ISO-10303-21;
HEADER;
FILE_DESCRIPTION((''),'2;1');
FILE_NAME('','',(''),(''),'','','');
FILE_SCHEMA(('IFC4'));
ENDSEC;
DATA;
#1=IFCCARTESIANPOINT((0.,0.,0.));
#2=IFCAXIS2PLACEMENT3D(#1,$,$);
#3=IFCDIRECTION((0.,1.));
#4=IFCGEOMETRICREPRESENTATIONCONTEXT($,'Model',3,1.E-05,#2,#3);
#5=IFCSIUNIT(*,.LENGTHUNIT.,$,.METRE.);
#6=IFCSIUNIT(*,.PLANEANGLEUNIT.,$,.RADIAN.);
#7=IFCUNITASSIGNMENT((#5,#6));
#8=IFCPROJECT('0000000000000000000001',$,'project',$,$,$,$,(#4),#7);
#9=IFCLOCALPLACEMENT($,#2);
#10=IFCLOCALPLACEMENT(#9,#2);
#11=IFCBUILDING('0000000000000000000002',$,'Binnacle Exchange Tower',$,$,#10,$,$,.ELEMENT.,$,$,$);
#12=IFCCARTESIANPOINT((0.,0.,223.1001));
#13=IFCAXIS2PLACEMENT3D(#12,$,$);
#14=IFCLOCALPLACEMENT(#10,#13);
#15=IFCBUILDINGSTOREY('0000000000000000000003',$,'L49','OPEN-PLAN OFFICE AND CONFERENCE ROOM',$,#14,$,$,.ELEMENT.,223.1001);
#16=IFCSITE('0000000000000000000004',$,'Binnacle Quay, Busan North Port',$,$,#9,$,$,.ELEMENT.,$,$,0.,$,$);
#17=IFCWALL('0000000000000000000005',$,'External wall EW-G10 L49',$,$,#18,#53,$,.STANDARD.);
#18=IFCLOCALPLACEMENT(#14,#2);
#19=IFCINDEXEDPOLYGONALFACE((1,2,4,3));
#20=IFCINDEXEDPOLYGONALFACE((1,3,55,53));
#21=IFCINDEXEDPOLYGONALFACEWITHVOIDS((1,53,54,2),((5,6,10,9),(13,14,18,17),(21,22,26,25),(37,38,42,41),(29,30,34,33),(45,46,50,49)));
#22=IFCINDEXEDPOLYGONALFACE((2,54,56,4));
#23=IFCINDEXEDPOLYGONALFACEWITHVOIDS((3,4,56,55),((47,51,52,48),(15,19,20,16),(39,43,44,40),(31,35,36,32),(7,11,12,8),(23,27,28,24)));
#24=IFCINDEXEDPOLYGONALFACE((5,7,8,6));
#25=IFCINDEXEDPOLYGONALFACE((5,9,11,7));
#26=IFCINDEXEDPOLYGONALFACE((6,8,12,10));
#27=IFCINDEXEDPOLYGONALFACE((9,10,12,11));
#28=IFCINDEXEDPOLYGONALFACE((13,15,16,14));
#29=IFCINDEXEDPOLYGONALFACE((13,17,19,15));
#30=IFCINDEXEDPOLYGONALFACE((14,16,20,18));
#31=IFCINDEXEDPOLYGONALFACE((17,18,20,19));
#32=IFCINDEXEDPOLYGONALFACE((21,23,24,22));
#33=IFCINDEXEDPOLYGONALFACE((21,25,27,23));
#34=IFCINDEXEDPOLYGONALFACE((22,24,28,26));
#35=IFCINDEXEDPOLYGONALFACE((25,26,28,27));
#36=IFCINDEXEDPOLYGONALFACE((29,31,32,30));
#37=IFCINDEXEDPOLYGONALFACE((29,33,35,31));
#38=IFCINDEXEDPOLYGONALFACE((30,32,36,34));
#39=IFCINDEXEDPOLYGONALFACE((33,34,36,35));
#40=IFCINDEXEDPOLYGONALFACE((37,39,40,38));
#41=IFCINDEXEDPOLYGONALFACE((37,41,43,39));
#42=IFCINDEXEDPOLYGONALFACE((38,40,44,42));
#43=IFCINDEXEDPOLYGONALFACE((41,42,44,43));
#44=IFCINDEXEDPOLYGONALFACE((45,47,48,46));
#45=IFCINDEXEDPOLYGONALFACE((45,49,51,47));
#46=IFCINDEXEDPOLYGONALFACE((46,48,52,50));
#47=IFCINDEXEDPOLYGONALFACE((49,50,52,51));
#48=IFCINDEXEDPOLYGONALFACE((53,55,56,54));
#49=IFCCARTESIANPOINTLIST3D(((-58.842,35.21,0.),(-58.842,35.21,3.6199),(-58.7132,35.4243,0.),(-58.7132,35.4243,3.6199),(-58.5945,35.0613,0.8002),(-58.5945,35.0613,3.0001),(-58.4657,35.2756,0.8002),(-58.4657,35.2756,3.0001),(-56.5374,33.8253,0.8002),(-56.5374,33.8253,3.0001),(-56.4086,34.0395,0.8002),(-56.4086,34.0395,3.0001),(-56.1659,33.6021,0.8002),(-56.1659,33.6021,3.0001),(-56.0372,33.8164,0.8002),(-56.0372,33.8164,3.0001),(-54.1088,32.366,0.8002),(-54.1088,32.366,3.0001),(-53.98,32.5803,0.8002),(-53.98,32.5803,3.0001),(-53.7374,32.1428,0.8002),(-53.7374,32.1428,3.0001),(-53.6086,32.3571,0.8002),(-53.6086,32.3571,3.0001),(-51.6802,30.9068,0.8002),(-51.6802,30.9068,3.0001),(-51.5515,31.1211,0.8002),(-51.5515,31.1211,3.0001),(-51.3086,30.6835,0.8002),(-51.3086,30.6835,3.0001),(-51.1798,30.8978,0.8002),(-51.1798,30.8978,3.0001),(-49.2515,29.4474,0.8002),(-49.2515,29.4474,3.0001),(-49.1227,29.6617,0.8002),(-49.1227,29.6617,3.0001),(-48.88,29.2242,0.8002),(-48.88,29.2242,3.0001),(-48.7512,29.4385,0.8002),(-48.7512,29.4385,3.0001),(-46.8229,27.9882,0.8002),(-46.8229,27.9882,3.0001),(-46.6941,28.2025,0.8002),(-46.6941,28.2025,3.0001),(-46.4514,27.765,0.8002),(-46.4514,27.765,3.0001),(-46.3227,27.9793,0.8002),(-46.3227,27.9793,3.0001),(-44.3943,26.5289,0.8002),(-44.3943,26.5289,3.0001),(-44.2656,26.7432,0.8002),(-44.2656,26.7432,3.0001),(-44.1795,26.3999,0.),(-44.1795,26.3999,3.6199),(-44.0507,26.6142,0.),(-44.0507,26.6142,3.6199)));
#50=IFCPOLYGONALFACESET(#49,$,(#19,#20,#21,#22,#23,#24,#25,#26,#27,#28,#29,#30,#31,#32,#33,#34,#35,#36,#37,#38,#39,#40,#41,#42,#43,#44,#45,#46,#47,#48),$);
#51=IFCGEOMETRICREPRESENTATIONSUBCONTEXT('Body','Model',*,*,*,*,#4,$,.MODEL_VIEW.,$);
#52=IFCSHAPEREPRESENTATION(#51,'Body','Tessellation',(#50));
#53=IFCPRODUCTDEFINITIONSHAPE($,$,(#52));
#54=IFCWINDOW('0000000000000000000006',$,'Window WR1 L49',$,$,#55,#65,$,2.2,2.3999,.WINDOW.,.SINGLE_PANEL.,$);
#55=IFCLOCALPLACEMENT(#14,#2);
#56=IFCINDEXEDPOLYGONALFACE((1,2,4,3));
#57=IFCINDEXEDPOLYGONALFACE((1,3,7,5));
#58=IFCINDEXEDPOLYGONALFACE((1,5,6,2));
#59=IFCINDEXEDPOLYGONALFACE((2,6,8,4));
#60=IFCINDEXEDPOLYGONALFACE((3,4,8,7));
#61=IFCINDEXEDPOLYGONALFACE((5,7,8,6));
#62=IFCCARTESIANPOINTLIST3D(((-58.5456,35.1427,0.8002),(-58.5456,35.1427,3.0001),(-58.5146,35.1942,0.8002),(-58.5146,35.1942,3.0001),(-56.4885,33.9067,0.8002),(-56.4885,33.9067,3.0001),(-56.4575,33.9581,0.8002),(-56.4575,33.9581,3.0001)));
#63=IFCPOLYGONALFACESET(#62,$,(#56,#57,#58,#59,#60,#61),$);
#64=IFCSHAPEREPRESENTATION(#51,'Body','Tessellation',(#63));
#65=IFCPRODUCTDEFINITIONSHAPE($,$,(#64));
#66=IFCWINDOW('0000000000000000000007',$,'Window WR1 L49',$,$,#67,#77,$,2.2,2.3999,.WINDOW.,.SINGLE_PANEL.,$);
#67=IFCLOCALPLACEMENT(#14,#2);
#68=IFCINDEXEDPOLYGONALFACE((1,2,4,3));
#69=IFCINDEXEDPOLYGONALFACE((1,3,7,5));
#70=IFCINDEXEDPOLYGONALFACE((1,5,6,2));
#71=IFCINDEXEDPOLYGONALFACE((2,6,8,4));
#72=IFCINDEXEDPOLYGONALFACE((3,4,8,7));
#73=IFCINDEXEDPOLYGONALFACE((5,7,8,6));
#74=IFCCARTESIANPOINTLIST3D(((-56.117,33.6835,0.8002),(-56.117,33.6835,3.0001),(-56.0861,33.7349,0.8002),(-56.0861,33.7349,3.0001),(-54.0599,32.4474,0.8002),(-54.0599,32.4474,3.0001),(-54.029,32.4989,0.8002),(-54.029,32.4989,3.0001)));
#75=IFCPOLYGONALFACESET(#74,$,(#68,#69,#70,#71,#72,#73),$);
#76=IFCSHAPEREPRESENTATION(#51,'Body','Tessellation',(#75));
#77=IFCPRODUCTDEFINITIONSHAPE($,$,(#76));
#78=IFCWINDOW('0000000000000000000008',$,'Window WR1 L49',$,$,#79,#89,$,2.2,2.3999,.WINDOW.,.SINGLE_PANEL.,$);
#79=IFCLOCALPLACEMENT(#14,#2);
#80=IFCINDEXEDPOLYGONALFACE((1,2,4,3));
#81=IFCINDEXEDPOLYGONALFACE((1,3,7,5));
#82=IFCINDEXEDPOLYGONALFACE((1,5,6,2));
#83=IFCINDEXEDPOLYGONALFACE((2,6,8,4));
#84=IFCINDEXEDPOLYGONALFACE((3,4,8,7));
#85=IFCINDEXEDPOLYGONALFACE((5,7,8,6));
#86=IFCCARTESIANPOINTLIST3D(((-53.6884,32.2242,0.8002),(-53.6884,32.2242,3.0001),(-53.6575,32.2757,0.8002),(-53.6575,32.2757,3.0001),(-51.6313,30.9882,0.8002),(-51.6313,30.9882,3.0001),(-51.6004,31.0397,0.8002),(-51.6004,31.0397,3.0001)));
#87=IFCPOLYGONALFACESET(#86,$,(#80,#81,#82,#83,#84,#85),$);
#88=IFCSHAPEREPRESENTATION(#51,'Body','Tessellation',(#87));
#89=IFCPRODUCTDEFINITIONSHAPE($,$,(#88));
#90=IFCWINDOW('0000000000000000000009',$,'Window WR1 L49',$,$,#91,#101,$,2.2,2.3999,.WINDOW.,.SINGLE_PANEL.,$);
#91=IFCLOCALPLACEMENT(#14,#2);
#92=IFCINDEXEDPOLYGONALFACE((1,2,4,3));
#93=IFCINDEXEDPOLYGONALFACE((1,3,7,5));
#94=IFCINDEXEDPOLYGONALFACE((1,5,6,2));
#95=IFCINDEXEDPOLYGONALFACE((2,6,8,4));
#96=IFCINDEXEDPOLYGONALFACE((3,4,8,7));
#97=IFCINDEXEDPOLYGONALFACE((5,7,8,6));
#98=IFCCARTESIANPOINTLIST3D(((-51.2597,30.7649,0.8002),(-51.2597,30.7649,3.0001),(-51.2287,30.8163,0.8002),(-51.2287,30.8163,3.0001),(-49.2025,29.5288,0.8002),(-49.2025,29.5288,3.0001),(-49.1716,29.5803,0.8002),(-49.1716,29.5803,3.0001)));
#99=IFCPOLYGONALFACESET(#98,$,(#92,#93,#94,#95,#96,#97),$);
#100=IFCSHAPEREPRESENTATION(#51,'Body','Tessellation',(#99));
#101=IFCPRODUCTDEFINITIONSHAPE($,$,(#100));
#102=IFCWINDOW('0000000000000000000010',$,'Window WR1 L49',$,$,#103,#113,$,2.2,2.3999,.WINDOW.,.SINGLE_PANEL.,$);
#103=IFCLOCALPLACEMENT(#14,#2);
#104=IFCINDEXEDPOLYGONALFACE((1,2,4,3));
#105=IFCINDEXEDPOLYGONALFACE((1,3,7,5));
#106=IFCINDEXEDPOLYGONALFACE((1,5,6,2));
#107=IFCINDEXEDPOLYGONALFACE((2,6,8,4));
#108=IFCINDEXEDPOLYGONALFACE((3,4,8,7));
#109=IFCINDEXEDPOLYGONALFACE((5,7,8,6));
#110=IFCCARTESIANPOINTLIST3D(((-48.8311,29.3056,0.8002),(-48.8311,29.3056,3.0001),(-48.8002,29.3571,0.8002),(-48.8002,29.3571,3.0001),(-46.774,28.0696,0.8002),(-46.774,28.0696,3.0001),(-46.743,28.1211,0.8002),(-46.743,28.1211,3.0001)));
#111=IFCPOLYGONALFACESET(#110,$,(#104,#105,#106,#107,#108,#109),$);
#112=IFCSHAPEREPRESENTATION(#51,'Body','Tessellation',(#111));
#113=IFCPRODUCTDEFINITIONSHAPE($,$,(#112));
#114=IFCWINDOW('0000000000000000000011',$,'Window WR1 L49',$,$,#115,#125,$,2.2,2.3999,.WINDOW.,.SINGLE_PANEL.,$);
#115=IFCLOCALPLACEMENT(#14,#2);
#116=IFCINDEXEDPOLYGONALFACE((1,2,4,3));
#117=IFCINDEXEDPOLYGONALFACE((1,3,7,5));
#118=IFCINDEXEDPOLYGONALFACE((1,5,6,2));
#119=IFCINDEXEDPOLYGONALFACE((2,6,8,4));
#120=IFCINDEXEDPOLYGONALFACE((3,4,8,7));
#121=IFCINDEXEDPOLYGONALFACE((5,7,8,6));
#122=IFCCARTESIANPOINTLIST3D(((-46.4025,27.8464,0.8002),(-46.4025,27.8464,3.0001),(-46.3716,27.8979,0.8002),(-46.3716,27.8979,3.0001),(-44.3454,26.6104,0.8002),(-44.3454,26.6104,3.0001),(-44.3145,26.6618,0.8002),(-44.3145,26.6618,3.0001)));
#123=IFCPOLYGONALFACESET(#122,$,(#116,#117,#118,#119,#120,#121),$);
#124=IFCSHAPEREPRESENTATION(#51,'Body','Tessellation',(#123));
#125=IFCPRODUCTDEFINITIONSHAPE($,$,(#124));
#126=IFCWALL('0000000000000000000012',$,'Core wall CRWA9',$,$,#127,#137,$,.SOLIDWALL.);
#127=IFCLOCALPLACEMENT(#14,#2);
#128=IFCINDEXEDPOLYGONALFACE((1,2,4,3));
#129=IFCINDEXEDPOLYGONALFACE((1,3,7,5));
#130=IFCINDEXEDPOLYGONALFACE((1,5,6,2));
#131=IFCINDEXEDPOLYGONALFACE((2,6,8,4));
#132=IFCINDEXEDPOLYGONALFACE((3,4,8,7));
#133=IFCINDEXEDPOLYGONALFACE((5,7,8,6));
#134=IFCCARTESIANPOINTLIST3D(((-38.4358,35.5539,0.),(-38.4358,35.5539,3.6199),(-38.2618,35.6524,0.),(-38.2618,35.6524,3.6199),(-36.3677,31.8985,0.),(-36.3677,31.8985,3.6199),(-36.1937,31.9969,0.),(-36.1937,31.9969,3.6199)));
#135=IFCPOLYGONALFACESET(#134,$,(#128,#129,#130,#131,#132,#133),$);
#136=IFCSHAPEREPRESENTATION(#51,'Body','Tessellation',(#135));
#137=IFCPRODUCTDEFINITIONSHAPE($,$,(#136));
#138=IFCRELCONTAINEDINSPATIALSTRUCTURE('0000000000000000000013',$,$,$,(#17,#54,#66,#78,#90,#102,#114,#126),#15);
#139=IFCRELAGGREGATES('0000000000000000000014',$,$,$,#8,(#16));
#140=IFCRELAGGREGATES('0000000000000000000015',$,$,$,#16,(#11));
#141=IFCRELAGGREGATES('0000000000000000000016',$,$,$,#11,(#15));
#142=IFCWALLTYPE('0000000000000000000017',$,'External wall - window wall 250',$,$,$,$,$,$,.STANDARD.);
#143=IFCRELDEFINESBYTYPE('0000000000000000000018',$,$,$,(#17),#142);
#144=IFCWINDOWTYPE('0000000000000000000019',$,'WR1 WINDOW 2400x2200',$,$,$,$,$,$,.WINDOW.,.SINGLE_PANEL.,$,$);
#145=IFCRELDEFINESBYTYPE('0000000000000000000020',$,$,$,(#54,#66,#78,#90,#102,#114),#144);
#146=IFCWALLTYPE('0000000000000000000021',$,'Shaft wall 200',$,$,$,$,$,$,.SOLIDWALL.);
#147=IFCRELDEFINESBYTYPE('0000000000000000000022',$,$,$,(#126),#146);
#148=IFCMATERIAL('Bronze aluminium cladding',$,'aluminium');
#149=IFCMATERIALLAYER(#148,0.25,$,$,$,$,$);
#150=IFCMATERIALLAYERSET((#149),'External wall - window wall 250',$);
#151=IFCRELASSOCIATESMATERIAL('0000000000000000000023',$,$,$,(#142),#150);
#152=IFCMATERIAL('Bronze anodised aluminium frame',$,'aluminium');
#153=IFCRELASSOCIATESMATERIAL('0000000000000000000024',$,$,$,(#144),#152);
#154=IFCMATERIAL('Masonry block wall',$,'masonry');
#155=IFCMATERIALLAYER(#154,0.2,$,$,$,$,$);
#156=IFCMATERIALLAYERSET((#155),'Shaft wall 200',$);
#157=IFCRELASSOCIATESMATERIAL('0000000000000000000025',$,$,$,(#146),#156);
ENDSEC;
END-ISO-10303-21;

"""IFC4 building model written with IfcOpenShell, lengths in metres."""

from ifc_helpers import new_model, si_unit, direction, frame, frame_2d, origin, place, context, subcontext, project, spatial, rectangle, extrude, material, layer, layer_set, type_object, element, fill, save


model = new_model("IFC4")

# Units and contexts
model_context = context("Model", 3, precision=1e-05, world=origin(), true_north=direction((0.0, 1.0)))
body_context = subcontext(model_context, "Body", "Model", "MODEL_VIEW")
ifc_project = project(units=[si_unit("LENGTHUNIT", "METRE"), si_unit("PLANEANGLEUNIT", "RADIAN")], contexts=[model_context])

# Site, building, storey
site_placement = place(None, origin())
site = spatial("IfcSite", under=ifc_project, at=site_placement, Name="Binnacle Quay, Busan North Port", CompositionType="ELEMENT", RefElevation=0.0)
building_placement = place(site_placement, origin())
building = spatial("IfcBuilding", under=site, at=building_placement, Name="Binnacle Exchange Tower", CompositionType="ELEMENT")
storey_placement = place(building_placement, frame((0.0, 0.0, 223.1001)))
storey = spatial("IfcBuildingStorey", under=building, at=storey_placement, Name="L49", Description="OPEN-PLAN OFFICE AND CONFERENCE ROOM", CompositionType="ELEMENT", Elevation=223.1001)

# Wall, openings, windows
ifc_material_1 = material(Name="Bronze aluminium cladding", Category="aluminium")
ifc_layer_1 = layer(ifc_material_1, 0.25)
ifc_layer_set_1 = layer_set([ifc_layer_1], Name="External wall - window wall 250")
wall_type_1 = type_object("IfcWallType", Name="External wall - window wall 250", PredefinedType="STANDARD", material=ifc_layer_set_1)
wall_1_placement = place(storey_placement, frame((-44.1152, 26.5071, 0.0), z_axis=(0.0, 0.0, 1.0), x_axis=(-0.857167, 0.515039, 0.0)))
wall_1 = element("IfcWall", 1, at=wall_1_placement, inside=storey, type_object=wall_type_1, Name="External wall EW-G10 L49", PredefinedType="STANDARD", context=body_context, shape_type="SweptSolid", body=[
    extrude(rectangle(XDim=17.1057, YDim=0.25, at=frame_2d((8.5527, 0.0))), origin(), (0.0, 0.0, 1.0), 3.6199),
])
opening_1_placement = place(wall_1_placement, frame((14.417, 0.0, 0.8)))
opening_1 = element("IfcOpeningElement", 2, at=opening_1_placement, cuts=wall_1, PredefinedType="OPENING", context=body_context, shape_type="SweptSolid", body=[
    extrude(rectangle(XDim=2.3999, YDim=2.2, at=frame_2d((1.2, 1.1001))), frame((0.0, 0.135, 0.0), z_axis=(0.0, -1.0, 0.0), x_axis=(1.0, 0.0, 0.0)), (0.0, 0.0, 1.0), 0.27),
])
opening_2_placement = place(wall_1_placement, frame((11.5837, 0.0, 0.8)))
opening_2 = element("IfcOpeningElement", 3, at=opening_2_placement, cuts=wall_1, PredefinedType="OPENING", context=body_context, shape_type="SweptSolid", body=[
    extrude(rectangle(XDim=2.3999, YDim=2.2, at=frame_2d((1.2, 1.1001))), frame((0.0, 0.135, 0.0), z_axis=(0.0, -1.0, 0.0), x_axis=(1.0, 0.0, 0.0)), (0.0, 0.0, 1.0), 0.27),
])
opening_3_placement = place(wall_1_placement, frame((8.7505, 0.0, 0.8)))
opening_3 = element("IfcOpeningElement", 4, at=opening_3_placement, cuts=wall_1, PredefinedType="OPENING", context=body_context, shape_type="SweptSolid", body=[
    extrude(rectangle(XDim=2.3999, YDim=2.2, at=frame_2d((1.2, 1.1001))), frame((0.0, 0.135, 0.0), z_axis=(0.0, -1.0, 0.0), x_axis=(1.0, 0.0, 0.0)), (0.0, 0.0, 1.0), 0.27),
])
opening_4_placement = place(wall_1_placement, frame((5.917, 0.0, 0.8)))
opening_4 = element("IfcOpeningElement", 5, at=opening_4_placement, cuts=wall_1, PredefinedType="OPENING", context=body_context, shape_type="SweptSolid", body=[
    extrude(rectangle(XDim=2.3999, YDim=2.2, at=frame_2d((1.2, 1.1001))), frame((0.0, 0.135, 0.0), z_axis=(0.0, -1.0, 0.0), x_axis=(1.0, 0.0, 0.0)), (0.0, 0.0, 1.0), 0.27),
])
opening_5_placement = place(wall_1_placement, frame((3.0837, 0.0, 0.8)))
opening_5 = element("IfcOpeningElement", 6, at=opening_5_placement, cuts=wall_1, PredefinedType="OPENING", context=body_context, shape_type="SweptSolid", body=[
    extrude(rectangle(XDim=2.3999, YDim=2.2, at=frame_2d((1.2, 1.1001))), frame((0.0, 0.135, 0.0), z_axis=(0.0, -1.0, 0.0), x_axis=(1.0, 0.0, 0.0)), (0.0, 0.0, 1.0), 0.27),
])
opening_6_placement = place(wall_1_placement, frame((0.2505, 0.0, 0.8)))
opening_6 = element("IfcOpeningElement", 7, at=opening_6_placement, cuts=wall_1, PredefinedType="OPENING", context=body_context, shape_type="SweptSolid", body=[
    extrude(rectangle(XDim=2.3999, YDim=2.2, at=frame_2d((1.2, 1.1001))), frame((0.0, 0.135, 0.0), z_axis=(0.0, -1.0, 0.0), x_axis=(1.0, 0.0, 0.0)), (0.0, 0.0, 1.0), 0.27),
])
ifc_material_2 = material(Name="Bronze anodised aluminium frame", Category="aluminium")
window_type = type_object("IfcWindowType", Name="WR1 WINDOW 2400x2200", PartitioningType="SINGLE_PANEL", PredefinedType="WINDOW", material=ifc_material_2)
window_1_placement = place(opening_1_placement, origin())
window_1 = element("IfcWindow", 8, at=window_1_placement, inside=storey, type_object=window_type, Name="Window WR1 L49", OverallHeight=2.2, OverallWidth=2.3999, PartitioningType="SINGLE_PANEL", PredefinedType="WINDOW", context=body_context, shape_type="SweptSolid", body=[
    extrude(rectangle(XDim=2.3999, YDim=2.2, at=frame_2d((1.2, 1.1001))), frame((0.0, 0.03, 0.0), z_axis=(0.0, -1.0, 0.0), x_axis=(1.0, 0.0, 0.0)), (0.0, 0.0, 1.0), 0.0601),
])
fill(opening_1, window_1)
window_2_placement = place(opening_2_placement, origin())
window_2 = element("IfcWindow", 9, at=window_2_placement, inside=storey, type_object=window_type, Name="Window WR1 L49", OverallHeight=2.2, OverallWidth=2.3999, PartitioningType="SINGLE_PANEL", PredefinedType="WINDOW", context=body_context, shape_type="SweptSolid", body=[
    extrude(rectangle(XDim=2.3999, YDim=2.2, at=frame_2d((1.2, 1.1001))), frame((0.0, 0.03, 0.0), z_axis=(0.0, -1.0, 0.0), x_axis=(1.0, 0.0, 0.0)), (0.0, 0.0, 1.0), 0.0601),
])
fill(opening_2, window_2)
window_3_placement = place(opening_3_placement, origin())
window_3 = element("IfcWindow", 10, at=window_3_placement, inside=storey, type_object=window_type, Name="Window WR1 L49", OverallHeight=2.2, OverallWidth=2.3999, PartitioningType="SINGLE_PANEL", PredefinedType="WINDOW", context=body_context, shape_type="SweptSolid", body=[
    extrude(rectangle(XDim=2.3999, YDim=2.2, at=frame_2d((1.2, 1.1001))), frame((0.0, 0.03, 0.0), z_axis=(0.0, -1.0, 0.0), x_axis=(1.0, 0.0, 0.0)), (0.0, 0.0, 1.0), 0.0601),
])
fill(opening_3, window_3)
window_4_placement = place(opening_4_placement, origin())
window_4 = element("IfcWindow", 11, at=window_4_placement, inside=storey, type_object=window_type, Name="Window WR1 L49", OverallHeight=2.2, OverallWidth=2.3999, PartitioningType="SINGLE_PANEL", PredefinedType="WINDOW", context=body_context, shape_type="SweptSolid", body=[
    extrude(rectangle(XDim=2.3999, YDim=2.2, at=frame_2d((1.2, 1.1001))), frame((0.0, 0.03, 0.0), z_axis=(0.0, -1.0, 0.0), x_axis=(1.0, 0.0, 0.0)), (0.0, 0.0, 1.0), 0.0601),
])
fill(opening_4, window_4)
window_5_placement = place(opening_5_placement, origin())
window_5 = element("IfcWindow", 12, at=window_5_placement, inside=storey, type_object=window_type, Name="Window WR1 L49", OverallHeight=2.2, OverallWidth=2.3999, PartitioningType="SINGLE_PANEL", PredefinedType="WINDOW", context=body_context, shape_type="SweptSolid", body=[
    extrude(rectangle(XDim=2.3999, YDim=2.2, at=frame_2d((1.2, 1.1001))), frame((0.0, 0.03, 0.0), z_axis=(0.0, -1.0, 0.0), x_axis=(1.0, 0.0, 0.0)), (0.0, 0.0, 1.0), 0.0601),
])
fill(opening_5, window_5)
window_6_placement = place(opening_6_placement, origin())
window_6 = element("IfcWindow", 13, at=window_6_placement, inside=storey, type_object=window_type, Name="Window WR1 L49", OverallHeight=2.2, OverallWidth=2.3999, PartitioningType="SINGLE_PANEL", PredefinedType="WINDOW", context=body_context, shape_type="SweptSolid", body=[
    extrude(rectangle(XDim=2.3999, YDim=2.2, at=frame_2d((1.2, 1.1001))), frame((0.0, 0.03, 0.0), z_axis=(0.0, -1.0, 0.0), x_axis=(1.0, 0.0, 0.0)), (0.0, 0.0, 1.0), 0.0601),
])
fill(opening_6, window_6)

# Wall
ifc_material_3 = material(Name="Masonry block wall", Category="masonry")
ifc_layer_2 = layer(ifc_material_3, 0.2)
ifc_layer_set_2 = layer_set([ifc_layer_2], Name="Shaft wall 200")
wall_type_2 = type_object("IfcWallType", Name="Shaft wall 200", PredefinedType="SOLIDWALL", material=ifc_layer_set_2)
wall_2_placement = place(storey_placement, frame((-38.3489, 35.6033, 0.0), z_axis=(0.0, 0.0, 1.0), x_axis=(0.49241, -0.870364, 0.0)))
element("IfcWall", 14, at=wall_2_placement, inside=storey, type_object=wall_type_2, Name="Core wall CRWA9", PredefinedType="SOLIDWALL", context=body_context, shape_type="SweptSolid", body=[
    extrude(rectangle(XDim=4.2, YDim=0.2, at=frame_2d((2.1001, 0.0))), origin(), (0.0, 0.0, 1.0), 3.6199),
])

save(model, "model.ifc")
